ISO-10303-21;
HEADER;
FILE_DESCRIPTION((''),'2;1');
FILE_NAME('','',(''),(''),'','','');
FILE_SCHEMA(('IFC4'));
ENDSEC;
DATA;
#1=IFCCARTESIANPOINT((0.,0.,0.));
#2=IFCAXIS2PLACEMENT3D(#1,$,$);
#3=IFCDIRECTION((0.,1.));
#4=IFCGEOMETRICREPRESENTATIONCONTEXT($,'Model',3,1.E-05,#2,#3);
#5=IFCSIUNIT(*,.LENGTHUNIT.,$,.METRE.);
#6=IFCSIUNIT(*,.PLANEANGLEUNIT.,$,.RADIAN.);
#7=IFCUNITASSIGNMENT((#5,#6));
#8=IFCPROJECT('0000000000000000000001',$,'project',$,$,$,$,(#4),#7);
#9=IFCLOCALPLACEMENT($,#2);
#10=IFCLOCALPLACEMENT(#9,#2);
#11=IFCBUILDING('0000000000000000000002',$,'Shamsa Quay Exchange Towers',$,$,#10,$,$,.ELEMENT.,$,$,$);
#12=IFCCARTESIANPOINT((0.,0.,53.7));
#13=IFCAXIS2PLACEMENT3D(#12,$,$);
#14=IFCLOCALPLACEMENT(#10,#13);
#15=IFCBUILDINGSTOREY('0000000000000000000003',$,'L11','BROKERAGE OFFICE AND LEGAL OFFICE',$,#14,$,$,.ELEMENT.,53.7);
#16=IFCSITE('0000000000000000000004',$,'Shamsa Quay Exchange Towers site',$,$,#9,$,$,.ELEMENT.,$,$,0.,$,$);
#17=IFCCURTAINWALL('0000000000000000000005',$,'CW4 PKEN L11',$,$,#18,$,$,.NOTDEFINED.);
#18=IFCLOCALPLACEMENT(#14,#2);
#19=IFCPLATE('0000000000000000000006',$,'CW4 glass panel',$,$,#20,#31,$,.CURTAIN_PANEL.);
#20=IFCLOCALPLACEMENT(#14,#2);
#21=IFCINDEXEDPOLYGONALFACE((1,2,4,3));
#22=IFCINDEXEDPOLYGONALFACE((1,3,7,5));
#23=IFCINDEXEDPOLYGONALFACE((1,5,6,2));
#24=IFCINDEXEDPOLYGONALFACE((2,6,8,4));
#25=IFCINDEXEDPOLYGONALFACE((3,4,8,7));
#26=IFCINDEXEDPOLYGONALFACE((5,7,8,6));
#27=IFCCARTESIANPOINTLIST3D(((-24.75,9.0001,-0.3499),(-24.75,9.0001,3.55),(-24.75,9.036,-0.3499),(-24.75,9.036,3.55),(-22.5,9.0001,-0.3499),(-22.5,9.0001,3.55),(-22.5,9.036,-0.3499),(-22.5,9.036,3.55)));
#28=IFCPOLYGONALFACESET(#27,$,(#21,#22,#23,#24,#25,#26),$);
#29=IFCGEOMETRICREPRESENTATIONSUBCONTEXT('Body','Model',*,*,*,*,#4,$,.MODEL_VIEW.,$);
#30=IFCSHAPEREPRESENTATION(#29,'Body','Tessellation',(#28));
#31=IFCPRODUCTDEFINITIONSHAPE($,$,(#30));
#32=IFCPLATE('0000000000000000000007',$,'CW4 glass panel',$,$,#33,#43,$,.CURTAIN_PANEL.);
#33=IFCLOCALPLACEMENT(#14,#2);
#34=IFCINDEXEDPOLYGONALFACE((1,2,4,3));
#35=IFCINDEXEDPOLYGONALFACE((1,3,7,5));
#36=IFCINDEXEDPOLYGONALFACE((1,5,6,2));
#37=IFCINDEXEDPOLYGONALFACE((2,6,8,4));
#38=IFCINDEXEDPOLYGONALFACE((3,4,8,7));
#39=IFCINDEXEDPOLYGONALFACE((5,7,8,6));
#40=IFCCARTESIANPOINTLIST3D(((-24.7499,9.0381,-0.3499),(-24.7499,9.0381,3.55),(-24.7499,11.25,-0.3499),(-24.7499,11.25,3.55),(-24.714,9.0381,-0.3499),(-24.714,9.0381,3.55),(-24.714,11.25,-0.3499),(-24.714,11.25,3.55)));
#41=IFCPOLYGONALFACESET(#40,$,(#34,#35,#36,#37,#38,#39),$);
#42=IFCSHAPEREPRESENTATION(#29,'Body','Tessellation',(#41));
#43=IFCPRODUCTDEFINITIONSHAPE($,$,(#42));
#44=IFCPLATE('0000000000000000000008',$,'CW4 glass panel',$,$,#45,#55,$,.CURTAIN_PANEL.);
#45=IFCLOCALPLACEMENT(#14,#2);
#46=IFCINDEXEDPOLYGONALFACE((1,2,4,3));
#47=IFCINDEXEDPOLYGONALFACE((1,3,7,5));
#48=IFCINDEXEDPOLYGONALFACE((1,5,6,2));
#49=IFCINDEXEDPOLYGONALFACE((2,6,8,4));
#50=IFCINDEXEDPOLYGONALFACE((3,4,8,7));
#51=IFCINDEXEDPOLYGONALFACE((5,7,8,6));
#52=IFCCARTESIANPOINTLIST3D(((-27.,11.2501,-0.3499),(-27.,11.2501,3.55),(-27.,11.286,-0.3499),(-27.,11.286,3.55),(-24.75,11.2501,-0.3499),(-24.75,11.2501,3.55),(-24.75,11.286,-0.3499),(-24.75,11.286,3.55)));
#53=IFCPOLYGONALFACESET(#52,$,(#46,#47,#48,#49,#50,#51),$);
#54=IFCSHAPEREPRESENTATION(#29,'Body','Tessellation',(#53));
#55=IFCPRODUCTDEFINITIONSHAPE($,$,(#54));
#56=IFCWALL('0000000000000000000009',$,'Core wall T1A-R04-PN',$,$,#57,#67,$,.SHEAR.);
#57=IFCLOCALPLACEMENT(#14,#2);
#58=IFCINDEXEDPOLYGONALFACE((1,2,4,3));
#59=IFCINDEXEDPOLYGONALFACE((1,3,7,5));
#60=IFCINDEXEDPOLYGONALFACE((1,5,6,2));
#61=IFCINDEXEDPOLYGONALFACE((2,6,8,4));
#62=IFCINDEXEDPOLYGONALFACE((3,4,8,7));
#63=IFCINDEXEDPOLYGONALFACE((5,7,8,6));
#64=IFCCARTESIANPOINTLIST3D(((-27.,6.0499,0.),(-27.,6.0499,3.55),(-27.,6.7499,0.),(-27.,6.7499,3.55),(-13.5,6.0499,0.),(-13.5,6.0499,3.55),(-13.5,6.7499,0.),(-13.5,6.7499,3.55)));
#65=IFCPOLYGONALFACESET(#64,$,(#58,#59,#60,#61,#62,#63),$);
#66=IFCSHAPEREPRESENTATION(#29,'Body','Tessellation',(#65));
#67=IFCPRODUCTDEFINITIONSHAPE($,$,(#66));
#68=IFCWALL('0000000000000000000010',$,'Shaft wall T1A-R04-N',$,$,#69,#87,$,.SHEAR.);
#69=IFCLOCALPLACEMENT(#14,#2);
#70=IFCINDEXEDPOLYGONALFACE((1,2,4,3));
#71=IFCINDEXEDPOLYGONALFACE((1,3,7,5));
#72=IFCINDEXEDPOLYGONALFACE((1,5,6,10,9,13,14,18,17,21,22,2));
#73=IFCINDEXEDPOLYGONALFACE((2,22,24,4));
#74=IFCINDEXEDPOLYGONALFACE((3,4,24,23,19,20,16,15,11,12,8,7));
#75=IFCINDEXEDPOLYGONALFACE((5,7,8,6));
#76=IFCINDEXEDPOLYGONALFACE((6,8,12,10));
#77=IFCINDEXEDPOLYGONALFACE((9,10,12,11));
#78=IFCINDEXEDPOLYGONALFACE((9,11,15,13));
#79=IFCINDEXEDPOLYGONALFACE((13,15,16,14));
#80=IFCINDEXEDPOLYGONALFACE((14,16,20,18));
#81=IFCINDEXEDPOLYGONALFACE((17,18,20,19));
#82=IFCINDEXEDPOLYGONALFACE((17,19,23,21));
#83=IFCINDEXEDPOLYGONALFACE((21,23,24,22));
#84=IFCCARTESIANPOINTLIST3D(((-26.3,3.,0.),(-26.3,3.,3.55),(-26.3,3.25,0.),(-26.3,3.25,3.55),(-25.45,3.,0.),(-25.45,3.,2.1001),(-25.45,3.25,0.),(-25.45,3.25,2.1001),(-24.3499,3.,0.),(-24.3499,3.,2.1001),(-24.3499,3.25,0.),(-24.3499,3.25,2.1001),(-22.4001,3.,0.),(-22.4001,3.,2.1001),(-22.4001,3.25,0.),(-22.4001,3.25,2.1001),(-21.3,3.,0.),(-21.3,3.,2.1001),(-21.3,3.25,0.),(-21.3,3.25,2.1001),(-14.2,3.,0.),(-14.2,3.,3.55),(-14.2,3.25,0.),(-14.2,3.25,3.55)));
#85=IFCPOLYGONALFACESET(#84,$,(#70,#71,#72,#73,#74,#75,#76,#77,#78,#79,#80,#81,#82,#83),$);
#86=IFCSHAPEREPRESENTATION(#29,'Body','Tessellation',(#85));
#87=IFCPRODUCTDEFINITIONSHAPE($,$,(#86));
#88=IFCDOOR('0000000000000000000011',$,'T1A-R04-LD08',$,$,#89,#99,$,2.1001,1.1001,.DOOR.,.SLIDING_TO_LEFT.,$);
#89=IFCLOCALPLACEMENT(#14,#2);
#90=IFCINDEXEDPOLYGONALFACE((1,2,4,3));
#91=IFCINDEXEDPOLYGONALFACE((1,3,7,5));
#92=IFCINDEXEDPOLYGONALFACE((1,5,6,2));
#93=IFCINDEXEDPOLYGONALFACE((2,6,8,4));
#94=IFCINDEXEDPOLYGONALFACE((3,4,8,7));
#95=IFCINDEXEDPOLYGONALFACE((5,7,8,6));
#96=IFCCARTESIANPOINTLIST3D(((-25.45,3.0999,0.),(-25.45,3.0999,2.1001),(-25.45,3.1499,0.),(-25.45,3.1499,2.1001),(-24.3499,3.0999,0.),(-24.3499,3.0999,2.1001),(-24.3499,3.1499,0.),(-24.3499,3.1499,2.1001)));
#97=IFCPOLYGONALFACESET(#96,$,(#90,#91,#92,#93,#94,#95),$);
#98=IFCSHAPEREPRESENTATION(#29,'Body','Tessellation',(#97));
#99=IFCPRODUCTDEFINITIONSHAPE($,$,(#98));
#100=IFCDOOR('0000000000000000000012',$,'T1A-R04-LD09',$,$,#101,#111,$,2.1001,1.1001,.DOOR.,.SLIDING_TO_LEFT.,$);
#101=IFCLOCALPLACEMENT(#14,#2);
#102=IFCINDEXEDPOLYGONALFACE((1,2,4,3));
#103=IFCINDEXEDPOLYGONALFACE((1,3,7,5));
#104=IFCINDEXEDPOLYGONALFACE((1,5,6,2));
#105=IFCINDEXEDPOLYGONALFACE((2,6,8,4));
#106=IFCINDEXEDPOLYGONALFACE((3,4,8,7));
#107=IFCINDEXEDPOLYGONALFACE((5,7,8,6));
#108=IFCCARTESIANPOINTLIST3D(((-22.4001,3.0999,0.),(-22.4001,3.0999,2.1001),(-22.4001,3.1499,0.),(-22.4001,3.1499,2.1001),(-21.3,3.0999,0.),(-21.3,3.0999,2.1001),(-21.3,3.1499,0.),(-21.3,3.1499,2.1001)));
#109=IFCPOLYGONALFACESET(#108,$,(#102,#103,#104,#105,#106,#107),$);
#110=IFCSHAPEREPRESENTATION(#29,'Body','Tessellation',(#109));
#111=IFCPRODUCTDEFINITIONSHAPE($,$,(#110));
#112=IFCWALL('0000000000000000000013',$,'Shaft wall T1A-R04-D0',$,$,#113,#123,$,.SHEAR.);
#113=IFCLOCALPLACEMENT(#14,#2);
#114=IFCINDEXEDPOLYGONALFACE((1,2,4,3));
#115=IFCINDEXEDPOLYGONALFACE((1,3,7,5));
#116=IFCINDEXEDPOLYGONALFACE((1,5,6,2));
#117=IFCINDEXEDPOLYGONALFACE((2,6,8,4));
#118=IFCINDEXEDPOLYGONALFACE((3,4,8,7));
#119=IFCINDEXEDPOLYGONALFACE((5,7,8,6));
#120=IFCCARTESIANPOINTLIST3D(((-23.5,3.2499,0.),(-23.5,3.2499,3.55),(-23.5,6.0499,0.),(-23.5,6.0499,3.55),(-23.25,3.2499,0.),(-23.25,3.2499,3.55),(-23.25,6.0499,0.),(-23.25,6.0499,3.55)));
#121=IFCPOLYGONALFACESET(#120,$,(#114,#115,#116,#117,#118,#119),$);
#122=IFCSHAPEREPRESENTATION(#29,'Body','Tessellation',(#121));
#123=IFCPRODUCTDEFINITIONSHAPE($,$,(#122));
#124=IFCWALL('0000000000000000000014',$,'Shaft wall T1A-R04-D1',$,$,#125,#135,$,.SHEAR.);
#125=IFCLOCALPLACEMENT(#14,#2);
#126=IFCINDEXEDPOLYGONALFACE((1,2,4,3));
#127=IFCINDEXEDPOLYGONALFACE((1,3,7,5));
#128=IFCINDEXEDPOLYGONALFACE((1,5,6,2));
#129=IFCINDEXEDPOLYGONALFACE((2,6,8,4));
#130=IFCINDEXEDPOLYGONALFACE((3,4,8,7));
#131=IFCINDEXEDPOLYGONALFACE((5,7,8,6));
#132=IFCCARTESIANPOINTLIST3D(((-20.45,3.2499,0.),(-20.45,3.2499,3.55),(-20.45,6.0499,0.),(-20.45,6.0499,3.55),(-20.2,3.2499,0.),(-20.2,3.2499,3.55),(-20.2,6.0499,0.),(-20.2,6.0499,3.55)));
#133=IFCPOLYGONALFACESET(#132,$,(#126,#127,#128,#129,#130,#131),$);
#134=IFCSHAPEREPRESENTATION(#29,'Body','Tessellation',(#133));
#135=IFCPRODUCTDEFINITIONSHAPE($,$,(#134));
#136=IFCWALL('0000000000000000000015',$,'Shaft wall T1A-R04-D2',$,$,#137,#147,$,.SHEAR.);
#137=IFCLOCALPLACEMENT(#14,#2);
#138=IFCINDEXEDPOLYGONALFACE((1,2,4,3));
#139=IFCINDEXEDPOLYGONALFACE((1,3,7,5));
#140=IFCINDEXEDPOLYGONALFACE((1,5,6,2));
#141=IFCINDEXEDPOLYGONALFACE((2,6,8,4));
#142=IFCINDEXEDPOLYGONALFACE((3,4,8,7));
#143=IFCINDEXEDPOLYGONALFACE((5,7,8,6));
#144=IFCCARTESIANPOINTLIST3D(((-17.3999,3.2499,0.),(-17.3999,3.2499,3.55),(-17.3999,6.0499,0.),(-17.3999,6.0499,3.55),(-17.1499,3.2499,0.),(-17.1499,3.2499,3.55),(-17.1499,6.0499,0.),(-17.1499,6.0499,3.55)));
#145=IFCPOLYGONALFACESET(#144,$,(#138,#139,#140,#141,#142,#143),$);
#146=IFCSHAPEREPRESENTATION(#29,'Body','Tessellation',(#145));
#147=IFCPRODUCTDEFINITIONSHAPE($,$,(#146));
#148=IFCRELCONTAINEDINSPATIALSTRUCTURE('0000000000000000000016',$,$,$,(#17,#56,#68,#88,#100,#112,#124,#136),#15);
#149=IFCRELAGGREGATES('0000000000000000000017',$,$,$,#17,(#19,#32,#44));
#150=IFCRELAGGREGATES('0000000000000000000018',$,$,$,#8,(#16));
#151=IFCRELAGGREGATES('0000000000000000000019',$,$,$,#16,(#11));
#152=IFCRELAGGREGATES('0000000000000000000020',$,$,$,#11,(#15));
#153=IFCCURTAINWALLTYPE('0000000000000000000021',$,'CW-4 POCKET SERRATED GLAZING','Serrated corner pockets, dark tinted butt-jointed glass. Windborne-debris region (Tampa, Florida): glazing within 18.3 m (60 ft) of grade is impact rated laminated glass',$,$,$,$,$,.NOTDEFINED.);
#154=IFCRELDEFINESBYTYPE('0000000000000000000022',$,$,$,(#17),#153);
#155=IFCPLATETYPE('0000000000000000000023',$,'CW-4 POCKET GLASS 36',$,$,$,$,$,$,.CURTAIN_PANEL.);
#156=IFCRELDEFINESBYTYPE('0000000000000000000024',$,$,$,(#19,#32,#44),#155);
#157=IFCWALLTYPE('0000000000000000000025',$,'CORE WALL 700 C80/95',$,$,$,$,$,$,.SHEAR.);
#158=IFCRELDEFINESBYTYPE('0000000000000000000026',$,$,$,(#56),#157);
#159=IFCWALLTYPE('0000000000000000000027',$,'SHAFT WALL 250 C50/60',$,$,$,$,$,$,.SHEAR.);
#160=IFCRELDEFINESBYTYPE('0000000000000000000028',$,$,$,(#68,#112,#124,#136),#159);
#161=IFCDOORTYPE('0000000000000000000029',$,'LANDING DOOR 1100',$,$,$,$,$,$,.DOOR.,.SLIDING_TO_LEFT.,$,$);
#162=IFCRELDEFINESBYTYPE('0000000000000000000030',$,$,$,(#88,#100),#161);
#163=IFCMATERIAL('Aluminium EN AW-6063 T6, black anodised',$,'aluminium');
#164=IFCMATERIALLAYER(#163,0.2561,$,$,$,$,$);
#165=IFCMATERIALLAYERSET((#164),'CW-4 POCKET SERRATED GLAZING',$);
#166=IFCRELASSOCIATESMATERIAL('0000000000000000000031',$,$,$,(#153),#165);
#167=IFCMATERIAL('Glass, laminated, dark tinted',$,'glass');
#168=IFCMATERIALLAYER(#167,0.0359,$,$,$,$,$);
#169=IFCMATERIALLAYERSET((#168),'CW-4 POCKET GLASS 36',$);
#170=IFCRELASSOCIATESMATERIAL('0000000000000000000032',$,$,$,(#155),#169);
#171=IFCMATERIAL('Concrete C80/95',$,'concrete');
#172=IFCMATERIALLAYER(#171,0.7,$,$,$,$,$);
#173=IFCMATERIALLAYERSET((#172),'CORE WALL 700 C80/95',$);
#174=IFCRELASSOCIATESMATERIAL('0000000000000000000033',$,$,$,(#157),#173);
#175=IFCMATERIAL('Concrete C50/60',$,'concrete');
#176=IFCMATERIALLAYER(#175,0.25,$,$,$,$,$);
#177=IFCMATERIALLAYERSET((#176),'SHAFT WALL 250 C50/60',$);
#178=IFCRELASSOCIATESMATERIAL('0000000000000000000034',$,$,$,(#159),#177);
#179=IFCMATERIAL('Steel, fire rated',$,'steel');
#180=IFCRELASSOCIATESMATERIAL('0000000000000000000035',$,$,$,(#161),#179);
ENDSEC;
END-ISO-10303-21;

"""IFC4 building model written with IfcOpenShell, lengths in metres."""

from ifc_helpers import new_model, si_unit, direction, frame, frame_2d, origin, origin_2d, place, context, subcontext, project, spatial, rectangle, extrude, material, layer, layer_set, type_object, element, fill, aggregate, save


model = new_model("IFC4")

# Units and contexts
model_context = context("Model", 3, precision=1e-05, world=origin(), true_north=direction((0.0, 1.0)))
body_context = subcontext(model_context, "Body", "Model", "MODEL_VIEW")
ifc_project = project(units=[si_unit("LENGTHUNIT", "METRE"), si_unit("PLANEANGLEUNIT", "RADIAN")], contexts=[model_context])

# Site, building, storey
site_placement = place(None, origin())
site = spatial("IfcSite", under=ifc_project, at=site_placement, Name="Shamsa Quay Exchange Towers site", CompositionType="ELEMENT", RefElevation=0.0)
building_placement = place(site_placement, origin())
building = spatial("IfcBuilding", under=site, at=building_placement, Name="Shamsa Quay Exchange Towers", CompositionType="ELEMENT")
storey_placement = place(building_placement, frame((0.0, 0.0, 53.7)))
storey = spatial("IfcBuildingStorey", under=building, at=storey_placement, Name="L11", Description="BROKERAGE OFFICE AND LEGAL OFFICE", CompositionType="ELEMENT", Elevation=53.7)

# Shared definitions
ifc_material_1 = material(Name="Aluminium EN AW-6063 T6, black anodised", Category="aluminium")

# Shared definitions
ifc_material_2 = material(Name="Glass, laminated, dark tinted", Category="glass")

# Curtain wall, plates
ifc_layer_1 = layer(ifc_material_1, 0.2561)
ifc_layer_set_1 = layer_set([ifc_layer_1], Name="CW-4 POCKET SERRATED GLAZING")
curtain_wall_type_1 = type_object("IfcCurtainWallType", Name="CW-4 POCKET SERRATED GLAZING", Description="Serrated corner pockets, dark tinted butt-jointed glass. Windborne-debris region (Tampa, Florida): glazing within 18.3 m (60 ft) of grade is impact rated laminated glass", PredefinedType="NOTDEFINED", material=ifc_layer_set_1)
curtain_wall_1_placement = place(storey_placement, origin())
curtain_wall_1 = element("IfcCurtainWall", 1, at=curtain_wall_1_placement, inside=storey, type_object=curtain_wall_type_1, Name="CW4 PKEN L11", PredefinedType="NOTDEFINED")
ifc_layer_2 = layer(ifc_material_2, 0.0359)
ifc_layer_set_2 = layer_set([ifc_layer_2], Name="CW-4 POCKET GLASS 36")
plate_type_1 = type_object("IfcPlateType", Name="CW-4 POCKET GLASS 36", PredefinedType="CURTAIN_PANEL", material=ifc_layer_set_2)
plate_1_placement = place(storey_placement, frame((-23.625, 9.0181, -0.3499), z_axis=(0.0, 0.0, 1.0), x_axis=(-1.0, 0.0, 0.0)))
plate_1 = element("IfcPlate", 2, at=plate_1_placement, type_object=plate_type_1, Name="CW4 glass panel", PredefinedType="CURTAIN_PANEL", context=body_context, shape_type="SweptSolid", body=[
    extrude(rectangle(XDim=2.25, YDim=0.0359, at=origin_2d()), origin(), (0.0, 0.0, 1.0), 3.8999),
])
plate_2_placement = place(storey_placement, frame((-24.7319, 10.144, -0.3499), z_axis=(0.0, 0.0, 1.0), x_axis=(0.0, 1.0, 0.0)))
plate_2 = element("IfcPlate", 3, at=plate_2_placement, type_object=plate_type_1, Name="CW4 glass panel", PredefinedType="CURTAIN_PANEL", context=body_context, shape_type="SweptSolid", body=[
    extrude(rectangle(XDim=2.2119, YDim=0.0359, at=origin_2d()), origin(), (0.0, 0.0, 1.0), 3.8999),
])
plate_3_placement = place(storey_placement, frame((-25.875, 11.2681, -0.3499), z_axis=(0.0, 0.0, 1.0), x_axis=(-1.0, 0.0, 0.0)))
plate_3 = element("IfcPlate", 4, at=plate_3_placement, type_object=plate_type_1, Name="CW4 glass panel", PredefinedType="CURTAIN_PANEL", context=body_context, shape_type="SweptSolid", body=[
    extrude(rectangle(XDim=2.25, YDim=0.0359, at=origin_2d()), origin(), (0.0, 0.0, 1.0), 3.8999),
])
aggregate(curtain_wall_1, [plate_1, plate_2, plate_3])

# Wall
ifc_material_3 = material(Name="Concrete C80/95", Category="concrete")
ifc_layer_3 = layer(ifc_material_3, 0.7)
ifc_layer_set_3 = layer_set([ifc_layer_3], Name="CORE WALL 700 C80/95")
wall_type_1 = type_object("IfcWallType", Name="CORE WALL 700 C80/95", PredefinedType="SHEAR", material=ifc_layer_set_3)
wall_1_placement = place(storey_placement, frame((-27.0, 6.3999, 0.0)))
element("IfcWall", 5, at=wall_1_placement, inside=storey, type_object=wall_type_1, Name="Core wall T1A-R04-PN", PredefinedType="SHEAR", context=body_context, shape_type="SweptSolid", body=[
    extrude(rectangle(XDim=13.5, YDim=0.7, at=frame_2d((6.75, 0.0))), origin(), (0.0, 0.0, 1.0), 3.55),
])

# Shared definitions
ifc_material_4 = material(Name="Steel, fire rated", Category="steel")

# Wall, openings, doors
ifc_material_5 = material(Name="Concrete C50/60", Category="concrete")
ifc_layer_4 = layer(ifc_material_5, 0.25)
ifc_layer_set_4 = layer_set([ifc_layer_4], Name="SHAFT WALL 250 C50/60")
wall_type_2 = type_object("IfcWallType", Name="SHAFT WALL 250 C50/60", PredefinedType="SHEAR", material=ifc_layer_set_4)
wall_2_placement = place(storey_placement, frame((-26.3, 3.125, 0.0)))
wall_2 = element("IfcWall", 6, at=wall_2_placement, inside=storey, type_object=wall_type_2, Name="Shaft wall T1A-R04-N", PredefinedType="SHEAR", context=body_context, shape_type="SweptSolid", body=[
    extrude(rectangle(XDim=12.1001, YDim=0.25, at=frame_2d((6.05, 0.0))), origin(), (0.0, 0.0, 1.0), 3.55),
])
opening_1_placement = place(wall_2_placement, frame((0.8501, 0.0, 0.0)))
opening_1 = element("IfcOpeningElement", 7, at=opening_1_placement, cuts=wall_2, PredefinedType="OPENING", context=body_context, shape_type="SweptSolid", body=[
    extrude(rectangle(XDim=1.1001, YDim=2.1001, at=frame_2d((0.55, 1.05))), frame((0.0, 0.135, 0.0), z_axis=(0.0, -1.0, 0.0), x_axis=(1.0, 0.0, 0.0)), (0.0, 0.0, 1.0), 0.27),
])
opening_2_placement = place(wall_2_placement, frame((3.8999, 0.0, 0.0)))
opening_2 = element("IfcOpeningElement", 8, at=opening_2_placement, cuts=wall_2, PredefinedType="OPENING", context=body_context, shape_type="SweptSolid", body=[
    extrude(rectangle(XDim=1.1001, YDim=2.1001, at=frame_2d((0.55, 1.05))), frame((0.0, 0.135, 0.0), z_axis=(0.0, -1.0, 0.0), x_axis=(1.0, 0.0, 0.0)), (0.0, 0.0, 1.0), 0.27),
])
door_type_1 = type_object("IfcDoorType", Name="LANDING DOOR 1100", OperationType="SLIDING_TO_LEFT", PredefinedType="DOOR", material=ifc_material_4)
door_1_placement = place(opening_1_placement, origin())
door_1 = element("IfcDoor", 9, at=door_1_placement, inside=storey, type_object=door_type_1, Name="T1A-R04-LD08", OperationType="SLIDING_TO_LEFT", OverallHeight=2.1001, OverallWidth=1.1001, PredefinedType="DOOR", context=body_context, shape_type="SweptSolid", body=[
    extrude(rectangle(XDim=1.1001, YDim=2.1001, at=frame_2d((0.55, 1.05))), frame((0.0, 0.0249, 0.0), z_axis=(0.0, -1.0, 0.0), x_axis=(1.0, 0.0, 0.0)), (0.0, 0.0, 1.0), 0.05),
])
fill(opening_1, door_1)
door_2_placement = place(opening_2_placement, origin())
door_2 = element("IfcDoor", 10, at=door_2_placement, inside=storey, type_object=door_type_1, Name="T1A-R04-LD09", OperationType="SLIDING_TO_LEFT", OverallHeight=2.1001, OverallWidth=1.1001, PredefinedType="DOOR", context=body_context, shape_type="SweptSolid", body=[
    extrude(rectangle(XDim=1.1001, YDim=2.1001, at=frame_2d((0.55, 1.05))), frame((0.0, 0.0249, 0.0), z_axis=(0.0, -1.0, 0.0), x_axis=(1.0, 0.0, 0.0)), (0.0, 0.0, 1.0), 0.05),
])
fill(opening_2, door_2)

# Walls
for number, where, z_axis, x_axis, name in (
    (11, (-23.375, 3.25, 0.0), (0.0, 0.0, 1.0), (0.0, 1.0, 0.0), "Shaft wall T1A-R04-D0"),
    (12, (-20.325, 3.25, 0.0), (0.0, 0.0, 1.0), (0.0, 1.0, 0.0), "Shaft wall T1A-R04-D1"),
    (13, (-17.2749, 3.25, 0.0), (0.0, 0.0, 1.0), (0.0, 1.0, 0.0), "Shaft wall T1A-R04-D2"),
):
    element("IfcWall", number, at=place(storey_placement, frame(where, z_axis=z_axis, x_axis=x_axis)), inside=storey, type_object=wall_type_2, Name=name, PredefinedType="SHEAR", context=body_context, shape_type="SweptSolid", body=[
        extrude(rectangle(XDim=2.8, YDim=0.25, at=frame_2d((1.3999, 0.0))), origin(), (0.0, 0.0, 1.0), 3.55),
    ])

save(model, "model.ifc")
